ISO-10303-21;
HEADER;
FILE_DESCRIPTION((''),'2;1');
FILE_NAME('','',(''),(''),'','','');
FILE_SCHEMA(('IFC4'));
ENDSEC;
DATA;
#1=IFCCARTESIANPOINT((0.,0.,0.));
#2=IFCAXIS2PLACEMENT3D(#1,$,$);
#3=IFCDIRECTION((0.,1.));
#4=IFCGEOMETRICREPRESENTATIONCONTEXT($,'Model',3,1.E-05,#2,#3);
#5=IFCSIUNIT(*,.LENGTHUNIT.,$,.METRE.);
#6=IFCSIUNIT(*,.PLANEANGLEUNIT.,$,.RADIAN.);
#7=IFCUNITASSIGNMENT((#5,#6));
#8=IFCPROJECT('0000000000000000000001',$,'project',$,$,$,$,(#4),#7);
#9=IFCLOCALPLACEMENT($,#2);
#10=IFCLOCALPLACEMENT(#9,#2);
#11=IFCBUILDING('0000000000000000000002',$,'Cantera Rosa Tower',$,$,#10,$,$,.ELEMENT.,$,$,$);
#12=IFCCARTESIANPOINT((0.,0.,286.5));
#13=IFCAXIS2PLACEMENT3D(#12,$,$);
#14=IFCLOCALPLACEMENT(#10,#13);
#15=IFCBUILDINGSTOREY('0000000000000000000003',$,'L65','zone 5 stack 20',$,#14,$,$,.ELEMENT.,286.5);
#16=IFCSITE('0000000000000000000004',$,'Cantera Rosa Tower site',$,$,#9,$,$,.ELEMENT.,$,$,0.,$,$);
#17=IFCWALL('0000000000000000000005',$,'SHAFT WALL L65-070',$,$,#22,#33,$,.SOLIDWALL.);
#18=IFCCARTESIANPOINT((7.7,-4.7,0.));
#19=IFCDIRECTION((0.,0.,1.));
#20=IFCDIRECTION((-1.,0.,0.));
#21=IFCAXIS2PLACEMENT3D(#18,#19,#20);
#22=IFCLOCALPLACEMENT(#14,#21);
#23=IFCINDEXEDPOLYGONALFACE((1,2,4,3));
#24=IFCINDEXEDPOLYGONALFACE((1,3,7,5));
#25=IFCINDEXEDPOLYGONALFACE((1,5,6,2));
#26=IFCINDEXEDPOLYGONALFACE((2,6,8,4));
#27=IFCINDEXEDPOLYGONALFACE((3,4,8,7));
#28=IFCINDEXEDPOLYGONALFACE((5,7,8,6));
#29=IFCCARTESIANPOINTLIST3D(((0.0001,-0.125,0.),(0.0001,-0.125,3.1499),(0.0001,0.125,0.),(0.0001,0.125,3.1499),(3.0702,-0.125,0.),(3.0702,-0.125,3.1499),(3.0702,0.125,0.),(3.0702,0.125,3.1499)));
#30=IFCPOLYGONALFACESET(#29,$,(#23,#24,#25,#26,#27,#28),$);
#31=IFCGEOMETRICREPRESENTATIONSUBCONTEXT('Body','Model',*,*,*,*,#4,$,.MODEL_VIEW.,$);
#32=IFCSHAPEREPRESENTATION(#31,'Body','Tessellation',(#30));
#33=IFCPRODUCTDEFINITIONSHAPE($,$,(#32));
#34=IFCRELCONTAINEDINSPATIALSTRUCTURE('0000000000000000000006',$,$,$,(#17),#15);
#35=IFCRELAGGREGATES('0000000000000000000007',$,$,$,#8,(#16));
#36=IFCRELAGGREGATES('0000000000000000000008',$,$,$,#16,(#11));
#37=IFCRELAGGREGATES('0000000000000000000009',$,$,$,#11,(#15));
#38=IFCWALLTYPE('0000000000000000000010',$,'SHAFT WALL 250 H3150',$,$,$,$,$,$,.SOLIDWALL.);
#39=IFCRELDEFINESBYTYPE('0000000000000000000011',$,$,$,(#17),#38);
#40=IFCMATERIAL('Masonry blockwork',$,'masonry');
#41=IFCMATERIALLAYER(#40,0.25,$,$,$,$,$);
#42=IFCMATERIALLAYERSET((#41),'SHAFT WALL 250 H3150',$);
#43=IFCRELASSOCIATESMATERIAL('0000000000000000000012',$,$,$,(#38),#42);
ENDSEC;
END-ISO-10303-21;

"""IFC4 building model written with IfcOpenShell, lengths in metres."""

from ifc_helpers import new_model, si_unit, direction, frame, frame_2d, origin, place, context, subcontext, project, spatial, rectangle, extrude, material, layer, layer_set, type_object, element, save


model = new_model("IFC4")

# Units and contexts
model_context = context("Model", 3, precision=1e-05, world=origin(), true_north=direction((0.0, 1.0)))
body_context = subcontext(model_context, "Body", "Model", "MODEL_VIEW")
ifc_project = project(units=[si_unit("LENGTHUNIT", "METRE"), si_unit("PLANEANGLEUNIT", "RADIAN")], contexts=[model_context])

# Site, building, storey
site_placement = place(None, origin())
site = spatial("IfcSite", under=ifc_project, at=site_placement, Name="Cantera Rosa Tower site", CompositionType="ELEMENT", RefElevation=0.0)
building_placement = place(site_placement, origin())
building = spatial("IfcBuilding", under=site, at=building_placement, Name="Cantera Rosa Tower", CompositionType="ELEMENT")
storey_placement = place(building_placement, frame((0.0, 0.0, 286.5)))
storey = spatial("IfcBuildingStorey", under=building, at=storey_placement, Name="L65", Description="zone 5 stack 20", CompositionType="ELEMENT", Elevation=286.5)

# Wall
ifc_material_1 = material(Name="Masonry blockwork", Category="masonry")
ifc_layer_1 = layer(ifc_material_1, 0.25)
ifc_layer_set_1 = layer_set([ifc_layer_1], Name="SHAFT WALL 250 H3150")
wall_type_1 = type_object("IfcWallType", Name="SHAFT WALL 250 H3150", PredefinedType="SOLIDWALL", material=ifc_layer_set_1)
wall_1_placement = place(storey_placement, frame((7.7, -4.7, 0.0), z_axis=(0.0, 0.0, 1.0), x_axis=(-1.0, 0.0, 0.0)))
element("IfcWall", 1, at=wall_1_placement, inside=storey, type_object=wall_type_1, Name="SHAFT WALL L65-070", PredefinedType="SOLIDWALL", context=body_context, shape_type="SweptSolid", body=[
    extrude(rectangle(XDim=3.0701, YDim=0.25, at=frame_2d((1.5352, 0.0))), origin(), (0.0, 0.0, 1.0), 3.1499),
])

save(model, "model.ifc")
